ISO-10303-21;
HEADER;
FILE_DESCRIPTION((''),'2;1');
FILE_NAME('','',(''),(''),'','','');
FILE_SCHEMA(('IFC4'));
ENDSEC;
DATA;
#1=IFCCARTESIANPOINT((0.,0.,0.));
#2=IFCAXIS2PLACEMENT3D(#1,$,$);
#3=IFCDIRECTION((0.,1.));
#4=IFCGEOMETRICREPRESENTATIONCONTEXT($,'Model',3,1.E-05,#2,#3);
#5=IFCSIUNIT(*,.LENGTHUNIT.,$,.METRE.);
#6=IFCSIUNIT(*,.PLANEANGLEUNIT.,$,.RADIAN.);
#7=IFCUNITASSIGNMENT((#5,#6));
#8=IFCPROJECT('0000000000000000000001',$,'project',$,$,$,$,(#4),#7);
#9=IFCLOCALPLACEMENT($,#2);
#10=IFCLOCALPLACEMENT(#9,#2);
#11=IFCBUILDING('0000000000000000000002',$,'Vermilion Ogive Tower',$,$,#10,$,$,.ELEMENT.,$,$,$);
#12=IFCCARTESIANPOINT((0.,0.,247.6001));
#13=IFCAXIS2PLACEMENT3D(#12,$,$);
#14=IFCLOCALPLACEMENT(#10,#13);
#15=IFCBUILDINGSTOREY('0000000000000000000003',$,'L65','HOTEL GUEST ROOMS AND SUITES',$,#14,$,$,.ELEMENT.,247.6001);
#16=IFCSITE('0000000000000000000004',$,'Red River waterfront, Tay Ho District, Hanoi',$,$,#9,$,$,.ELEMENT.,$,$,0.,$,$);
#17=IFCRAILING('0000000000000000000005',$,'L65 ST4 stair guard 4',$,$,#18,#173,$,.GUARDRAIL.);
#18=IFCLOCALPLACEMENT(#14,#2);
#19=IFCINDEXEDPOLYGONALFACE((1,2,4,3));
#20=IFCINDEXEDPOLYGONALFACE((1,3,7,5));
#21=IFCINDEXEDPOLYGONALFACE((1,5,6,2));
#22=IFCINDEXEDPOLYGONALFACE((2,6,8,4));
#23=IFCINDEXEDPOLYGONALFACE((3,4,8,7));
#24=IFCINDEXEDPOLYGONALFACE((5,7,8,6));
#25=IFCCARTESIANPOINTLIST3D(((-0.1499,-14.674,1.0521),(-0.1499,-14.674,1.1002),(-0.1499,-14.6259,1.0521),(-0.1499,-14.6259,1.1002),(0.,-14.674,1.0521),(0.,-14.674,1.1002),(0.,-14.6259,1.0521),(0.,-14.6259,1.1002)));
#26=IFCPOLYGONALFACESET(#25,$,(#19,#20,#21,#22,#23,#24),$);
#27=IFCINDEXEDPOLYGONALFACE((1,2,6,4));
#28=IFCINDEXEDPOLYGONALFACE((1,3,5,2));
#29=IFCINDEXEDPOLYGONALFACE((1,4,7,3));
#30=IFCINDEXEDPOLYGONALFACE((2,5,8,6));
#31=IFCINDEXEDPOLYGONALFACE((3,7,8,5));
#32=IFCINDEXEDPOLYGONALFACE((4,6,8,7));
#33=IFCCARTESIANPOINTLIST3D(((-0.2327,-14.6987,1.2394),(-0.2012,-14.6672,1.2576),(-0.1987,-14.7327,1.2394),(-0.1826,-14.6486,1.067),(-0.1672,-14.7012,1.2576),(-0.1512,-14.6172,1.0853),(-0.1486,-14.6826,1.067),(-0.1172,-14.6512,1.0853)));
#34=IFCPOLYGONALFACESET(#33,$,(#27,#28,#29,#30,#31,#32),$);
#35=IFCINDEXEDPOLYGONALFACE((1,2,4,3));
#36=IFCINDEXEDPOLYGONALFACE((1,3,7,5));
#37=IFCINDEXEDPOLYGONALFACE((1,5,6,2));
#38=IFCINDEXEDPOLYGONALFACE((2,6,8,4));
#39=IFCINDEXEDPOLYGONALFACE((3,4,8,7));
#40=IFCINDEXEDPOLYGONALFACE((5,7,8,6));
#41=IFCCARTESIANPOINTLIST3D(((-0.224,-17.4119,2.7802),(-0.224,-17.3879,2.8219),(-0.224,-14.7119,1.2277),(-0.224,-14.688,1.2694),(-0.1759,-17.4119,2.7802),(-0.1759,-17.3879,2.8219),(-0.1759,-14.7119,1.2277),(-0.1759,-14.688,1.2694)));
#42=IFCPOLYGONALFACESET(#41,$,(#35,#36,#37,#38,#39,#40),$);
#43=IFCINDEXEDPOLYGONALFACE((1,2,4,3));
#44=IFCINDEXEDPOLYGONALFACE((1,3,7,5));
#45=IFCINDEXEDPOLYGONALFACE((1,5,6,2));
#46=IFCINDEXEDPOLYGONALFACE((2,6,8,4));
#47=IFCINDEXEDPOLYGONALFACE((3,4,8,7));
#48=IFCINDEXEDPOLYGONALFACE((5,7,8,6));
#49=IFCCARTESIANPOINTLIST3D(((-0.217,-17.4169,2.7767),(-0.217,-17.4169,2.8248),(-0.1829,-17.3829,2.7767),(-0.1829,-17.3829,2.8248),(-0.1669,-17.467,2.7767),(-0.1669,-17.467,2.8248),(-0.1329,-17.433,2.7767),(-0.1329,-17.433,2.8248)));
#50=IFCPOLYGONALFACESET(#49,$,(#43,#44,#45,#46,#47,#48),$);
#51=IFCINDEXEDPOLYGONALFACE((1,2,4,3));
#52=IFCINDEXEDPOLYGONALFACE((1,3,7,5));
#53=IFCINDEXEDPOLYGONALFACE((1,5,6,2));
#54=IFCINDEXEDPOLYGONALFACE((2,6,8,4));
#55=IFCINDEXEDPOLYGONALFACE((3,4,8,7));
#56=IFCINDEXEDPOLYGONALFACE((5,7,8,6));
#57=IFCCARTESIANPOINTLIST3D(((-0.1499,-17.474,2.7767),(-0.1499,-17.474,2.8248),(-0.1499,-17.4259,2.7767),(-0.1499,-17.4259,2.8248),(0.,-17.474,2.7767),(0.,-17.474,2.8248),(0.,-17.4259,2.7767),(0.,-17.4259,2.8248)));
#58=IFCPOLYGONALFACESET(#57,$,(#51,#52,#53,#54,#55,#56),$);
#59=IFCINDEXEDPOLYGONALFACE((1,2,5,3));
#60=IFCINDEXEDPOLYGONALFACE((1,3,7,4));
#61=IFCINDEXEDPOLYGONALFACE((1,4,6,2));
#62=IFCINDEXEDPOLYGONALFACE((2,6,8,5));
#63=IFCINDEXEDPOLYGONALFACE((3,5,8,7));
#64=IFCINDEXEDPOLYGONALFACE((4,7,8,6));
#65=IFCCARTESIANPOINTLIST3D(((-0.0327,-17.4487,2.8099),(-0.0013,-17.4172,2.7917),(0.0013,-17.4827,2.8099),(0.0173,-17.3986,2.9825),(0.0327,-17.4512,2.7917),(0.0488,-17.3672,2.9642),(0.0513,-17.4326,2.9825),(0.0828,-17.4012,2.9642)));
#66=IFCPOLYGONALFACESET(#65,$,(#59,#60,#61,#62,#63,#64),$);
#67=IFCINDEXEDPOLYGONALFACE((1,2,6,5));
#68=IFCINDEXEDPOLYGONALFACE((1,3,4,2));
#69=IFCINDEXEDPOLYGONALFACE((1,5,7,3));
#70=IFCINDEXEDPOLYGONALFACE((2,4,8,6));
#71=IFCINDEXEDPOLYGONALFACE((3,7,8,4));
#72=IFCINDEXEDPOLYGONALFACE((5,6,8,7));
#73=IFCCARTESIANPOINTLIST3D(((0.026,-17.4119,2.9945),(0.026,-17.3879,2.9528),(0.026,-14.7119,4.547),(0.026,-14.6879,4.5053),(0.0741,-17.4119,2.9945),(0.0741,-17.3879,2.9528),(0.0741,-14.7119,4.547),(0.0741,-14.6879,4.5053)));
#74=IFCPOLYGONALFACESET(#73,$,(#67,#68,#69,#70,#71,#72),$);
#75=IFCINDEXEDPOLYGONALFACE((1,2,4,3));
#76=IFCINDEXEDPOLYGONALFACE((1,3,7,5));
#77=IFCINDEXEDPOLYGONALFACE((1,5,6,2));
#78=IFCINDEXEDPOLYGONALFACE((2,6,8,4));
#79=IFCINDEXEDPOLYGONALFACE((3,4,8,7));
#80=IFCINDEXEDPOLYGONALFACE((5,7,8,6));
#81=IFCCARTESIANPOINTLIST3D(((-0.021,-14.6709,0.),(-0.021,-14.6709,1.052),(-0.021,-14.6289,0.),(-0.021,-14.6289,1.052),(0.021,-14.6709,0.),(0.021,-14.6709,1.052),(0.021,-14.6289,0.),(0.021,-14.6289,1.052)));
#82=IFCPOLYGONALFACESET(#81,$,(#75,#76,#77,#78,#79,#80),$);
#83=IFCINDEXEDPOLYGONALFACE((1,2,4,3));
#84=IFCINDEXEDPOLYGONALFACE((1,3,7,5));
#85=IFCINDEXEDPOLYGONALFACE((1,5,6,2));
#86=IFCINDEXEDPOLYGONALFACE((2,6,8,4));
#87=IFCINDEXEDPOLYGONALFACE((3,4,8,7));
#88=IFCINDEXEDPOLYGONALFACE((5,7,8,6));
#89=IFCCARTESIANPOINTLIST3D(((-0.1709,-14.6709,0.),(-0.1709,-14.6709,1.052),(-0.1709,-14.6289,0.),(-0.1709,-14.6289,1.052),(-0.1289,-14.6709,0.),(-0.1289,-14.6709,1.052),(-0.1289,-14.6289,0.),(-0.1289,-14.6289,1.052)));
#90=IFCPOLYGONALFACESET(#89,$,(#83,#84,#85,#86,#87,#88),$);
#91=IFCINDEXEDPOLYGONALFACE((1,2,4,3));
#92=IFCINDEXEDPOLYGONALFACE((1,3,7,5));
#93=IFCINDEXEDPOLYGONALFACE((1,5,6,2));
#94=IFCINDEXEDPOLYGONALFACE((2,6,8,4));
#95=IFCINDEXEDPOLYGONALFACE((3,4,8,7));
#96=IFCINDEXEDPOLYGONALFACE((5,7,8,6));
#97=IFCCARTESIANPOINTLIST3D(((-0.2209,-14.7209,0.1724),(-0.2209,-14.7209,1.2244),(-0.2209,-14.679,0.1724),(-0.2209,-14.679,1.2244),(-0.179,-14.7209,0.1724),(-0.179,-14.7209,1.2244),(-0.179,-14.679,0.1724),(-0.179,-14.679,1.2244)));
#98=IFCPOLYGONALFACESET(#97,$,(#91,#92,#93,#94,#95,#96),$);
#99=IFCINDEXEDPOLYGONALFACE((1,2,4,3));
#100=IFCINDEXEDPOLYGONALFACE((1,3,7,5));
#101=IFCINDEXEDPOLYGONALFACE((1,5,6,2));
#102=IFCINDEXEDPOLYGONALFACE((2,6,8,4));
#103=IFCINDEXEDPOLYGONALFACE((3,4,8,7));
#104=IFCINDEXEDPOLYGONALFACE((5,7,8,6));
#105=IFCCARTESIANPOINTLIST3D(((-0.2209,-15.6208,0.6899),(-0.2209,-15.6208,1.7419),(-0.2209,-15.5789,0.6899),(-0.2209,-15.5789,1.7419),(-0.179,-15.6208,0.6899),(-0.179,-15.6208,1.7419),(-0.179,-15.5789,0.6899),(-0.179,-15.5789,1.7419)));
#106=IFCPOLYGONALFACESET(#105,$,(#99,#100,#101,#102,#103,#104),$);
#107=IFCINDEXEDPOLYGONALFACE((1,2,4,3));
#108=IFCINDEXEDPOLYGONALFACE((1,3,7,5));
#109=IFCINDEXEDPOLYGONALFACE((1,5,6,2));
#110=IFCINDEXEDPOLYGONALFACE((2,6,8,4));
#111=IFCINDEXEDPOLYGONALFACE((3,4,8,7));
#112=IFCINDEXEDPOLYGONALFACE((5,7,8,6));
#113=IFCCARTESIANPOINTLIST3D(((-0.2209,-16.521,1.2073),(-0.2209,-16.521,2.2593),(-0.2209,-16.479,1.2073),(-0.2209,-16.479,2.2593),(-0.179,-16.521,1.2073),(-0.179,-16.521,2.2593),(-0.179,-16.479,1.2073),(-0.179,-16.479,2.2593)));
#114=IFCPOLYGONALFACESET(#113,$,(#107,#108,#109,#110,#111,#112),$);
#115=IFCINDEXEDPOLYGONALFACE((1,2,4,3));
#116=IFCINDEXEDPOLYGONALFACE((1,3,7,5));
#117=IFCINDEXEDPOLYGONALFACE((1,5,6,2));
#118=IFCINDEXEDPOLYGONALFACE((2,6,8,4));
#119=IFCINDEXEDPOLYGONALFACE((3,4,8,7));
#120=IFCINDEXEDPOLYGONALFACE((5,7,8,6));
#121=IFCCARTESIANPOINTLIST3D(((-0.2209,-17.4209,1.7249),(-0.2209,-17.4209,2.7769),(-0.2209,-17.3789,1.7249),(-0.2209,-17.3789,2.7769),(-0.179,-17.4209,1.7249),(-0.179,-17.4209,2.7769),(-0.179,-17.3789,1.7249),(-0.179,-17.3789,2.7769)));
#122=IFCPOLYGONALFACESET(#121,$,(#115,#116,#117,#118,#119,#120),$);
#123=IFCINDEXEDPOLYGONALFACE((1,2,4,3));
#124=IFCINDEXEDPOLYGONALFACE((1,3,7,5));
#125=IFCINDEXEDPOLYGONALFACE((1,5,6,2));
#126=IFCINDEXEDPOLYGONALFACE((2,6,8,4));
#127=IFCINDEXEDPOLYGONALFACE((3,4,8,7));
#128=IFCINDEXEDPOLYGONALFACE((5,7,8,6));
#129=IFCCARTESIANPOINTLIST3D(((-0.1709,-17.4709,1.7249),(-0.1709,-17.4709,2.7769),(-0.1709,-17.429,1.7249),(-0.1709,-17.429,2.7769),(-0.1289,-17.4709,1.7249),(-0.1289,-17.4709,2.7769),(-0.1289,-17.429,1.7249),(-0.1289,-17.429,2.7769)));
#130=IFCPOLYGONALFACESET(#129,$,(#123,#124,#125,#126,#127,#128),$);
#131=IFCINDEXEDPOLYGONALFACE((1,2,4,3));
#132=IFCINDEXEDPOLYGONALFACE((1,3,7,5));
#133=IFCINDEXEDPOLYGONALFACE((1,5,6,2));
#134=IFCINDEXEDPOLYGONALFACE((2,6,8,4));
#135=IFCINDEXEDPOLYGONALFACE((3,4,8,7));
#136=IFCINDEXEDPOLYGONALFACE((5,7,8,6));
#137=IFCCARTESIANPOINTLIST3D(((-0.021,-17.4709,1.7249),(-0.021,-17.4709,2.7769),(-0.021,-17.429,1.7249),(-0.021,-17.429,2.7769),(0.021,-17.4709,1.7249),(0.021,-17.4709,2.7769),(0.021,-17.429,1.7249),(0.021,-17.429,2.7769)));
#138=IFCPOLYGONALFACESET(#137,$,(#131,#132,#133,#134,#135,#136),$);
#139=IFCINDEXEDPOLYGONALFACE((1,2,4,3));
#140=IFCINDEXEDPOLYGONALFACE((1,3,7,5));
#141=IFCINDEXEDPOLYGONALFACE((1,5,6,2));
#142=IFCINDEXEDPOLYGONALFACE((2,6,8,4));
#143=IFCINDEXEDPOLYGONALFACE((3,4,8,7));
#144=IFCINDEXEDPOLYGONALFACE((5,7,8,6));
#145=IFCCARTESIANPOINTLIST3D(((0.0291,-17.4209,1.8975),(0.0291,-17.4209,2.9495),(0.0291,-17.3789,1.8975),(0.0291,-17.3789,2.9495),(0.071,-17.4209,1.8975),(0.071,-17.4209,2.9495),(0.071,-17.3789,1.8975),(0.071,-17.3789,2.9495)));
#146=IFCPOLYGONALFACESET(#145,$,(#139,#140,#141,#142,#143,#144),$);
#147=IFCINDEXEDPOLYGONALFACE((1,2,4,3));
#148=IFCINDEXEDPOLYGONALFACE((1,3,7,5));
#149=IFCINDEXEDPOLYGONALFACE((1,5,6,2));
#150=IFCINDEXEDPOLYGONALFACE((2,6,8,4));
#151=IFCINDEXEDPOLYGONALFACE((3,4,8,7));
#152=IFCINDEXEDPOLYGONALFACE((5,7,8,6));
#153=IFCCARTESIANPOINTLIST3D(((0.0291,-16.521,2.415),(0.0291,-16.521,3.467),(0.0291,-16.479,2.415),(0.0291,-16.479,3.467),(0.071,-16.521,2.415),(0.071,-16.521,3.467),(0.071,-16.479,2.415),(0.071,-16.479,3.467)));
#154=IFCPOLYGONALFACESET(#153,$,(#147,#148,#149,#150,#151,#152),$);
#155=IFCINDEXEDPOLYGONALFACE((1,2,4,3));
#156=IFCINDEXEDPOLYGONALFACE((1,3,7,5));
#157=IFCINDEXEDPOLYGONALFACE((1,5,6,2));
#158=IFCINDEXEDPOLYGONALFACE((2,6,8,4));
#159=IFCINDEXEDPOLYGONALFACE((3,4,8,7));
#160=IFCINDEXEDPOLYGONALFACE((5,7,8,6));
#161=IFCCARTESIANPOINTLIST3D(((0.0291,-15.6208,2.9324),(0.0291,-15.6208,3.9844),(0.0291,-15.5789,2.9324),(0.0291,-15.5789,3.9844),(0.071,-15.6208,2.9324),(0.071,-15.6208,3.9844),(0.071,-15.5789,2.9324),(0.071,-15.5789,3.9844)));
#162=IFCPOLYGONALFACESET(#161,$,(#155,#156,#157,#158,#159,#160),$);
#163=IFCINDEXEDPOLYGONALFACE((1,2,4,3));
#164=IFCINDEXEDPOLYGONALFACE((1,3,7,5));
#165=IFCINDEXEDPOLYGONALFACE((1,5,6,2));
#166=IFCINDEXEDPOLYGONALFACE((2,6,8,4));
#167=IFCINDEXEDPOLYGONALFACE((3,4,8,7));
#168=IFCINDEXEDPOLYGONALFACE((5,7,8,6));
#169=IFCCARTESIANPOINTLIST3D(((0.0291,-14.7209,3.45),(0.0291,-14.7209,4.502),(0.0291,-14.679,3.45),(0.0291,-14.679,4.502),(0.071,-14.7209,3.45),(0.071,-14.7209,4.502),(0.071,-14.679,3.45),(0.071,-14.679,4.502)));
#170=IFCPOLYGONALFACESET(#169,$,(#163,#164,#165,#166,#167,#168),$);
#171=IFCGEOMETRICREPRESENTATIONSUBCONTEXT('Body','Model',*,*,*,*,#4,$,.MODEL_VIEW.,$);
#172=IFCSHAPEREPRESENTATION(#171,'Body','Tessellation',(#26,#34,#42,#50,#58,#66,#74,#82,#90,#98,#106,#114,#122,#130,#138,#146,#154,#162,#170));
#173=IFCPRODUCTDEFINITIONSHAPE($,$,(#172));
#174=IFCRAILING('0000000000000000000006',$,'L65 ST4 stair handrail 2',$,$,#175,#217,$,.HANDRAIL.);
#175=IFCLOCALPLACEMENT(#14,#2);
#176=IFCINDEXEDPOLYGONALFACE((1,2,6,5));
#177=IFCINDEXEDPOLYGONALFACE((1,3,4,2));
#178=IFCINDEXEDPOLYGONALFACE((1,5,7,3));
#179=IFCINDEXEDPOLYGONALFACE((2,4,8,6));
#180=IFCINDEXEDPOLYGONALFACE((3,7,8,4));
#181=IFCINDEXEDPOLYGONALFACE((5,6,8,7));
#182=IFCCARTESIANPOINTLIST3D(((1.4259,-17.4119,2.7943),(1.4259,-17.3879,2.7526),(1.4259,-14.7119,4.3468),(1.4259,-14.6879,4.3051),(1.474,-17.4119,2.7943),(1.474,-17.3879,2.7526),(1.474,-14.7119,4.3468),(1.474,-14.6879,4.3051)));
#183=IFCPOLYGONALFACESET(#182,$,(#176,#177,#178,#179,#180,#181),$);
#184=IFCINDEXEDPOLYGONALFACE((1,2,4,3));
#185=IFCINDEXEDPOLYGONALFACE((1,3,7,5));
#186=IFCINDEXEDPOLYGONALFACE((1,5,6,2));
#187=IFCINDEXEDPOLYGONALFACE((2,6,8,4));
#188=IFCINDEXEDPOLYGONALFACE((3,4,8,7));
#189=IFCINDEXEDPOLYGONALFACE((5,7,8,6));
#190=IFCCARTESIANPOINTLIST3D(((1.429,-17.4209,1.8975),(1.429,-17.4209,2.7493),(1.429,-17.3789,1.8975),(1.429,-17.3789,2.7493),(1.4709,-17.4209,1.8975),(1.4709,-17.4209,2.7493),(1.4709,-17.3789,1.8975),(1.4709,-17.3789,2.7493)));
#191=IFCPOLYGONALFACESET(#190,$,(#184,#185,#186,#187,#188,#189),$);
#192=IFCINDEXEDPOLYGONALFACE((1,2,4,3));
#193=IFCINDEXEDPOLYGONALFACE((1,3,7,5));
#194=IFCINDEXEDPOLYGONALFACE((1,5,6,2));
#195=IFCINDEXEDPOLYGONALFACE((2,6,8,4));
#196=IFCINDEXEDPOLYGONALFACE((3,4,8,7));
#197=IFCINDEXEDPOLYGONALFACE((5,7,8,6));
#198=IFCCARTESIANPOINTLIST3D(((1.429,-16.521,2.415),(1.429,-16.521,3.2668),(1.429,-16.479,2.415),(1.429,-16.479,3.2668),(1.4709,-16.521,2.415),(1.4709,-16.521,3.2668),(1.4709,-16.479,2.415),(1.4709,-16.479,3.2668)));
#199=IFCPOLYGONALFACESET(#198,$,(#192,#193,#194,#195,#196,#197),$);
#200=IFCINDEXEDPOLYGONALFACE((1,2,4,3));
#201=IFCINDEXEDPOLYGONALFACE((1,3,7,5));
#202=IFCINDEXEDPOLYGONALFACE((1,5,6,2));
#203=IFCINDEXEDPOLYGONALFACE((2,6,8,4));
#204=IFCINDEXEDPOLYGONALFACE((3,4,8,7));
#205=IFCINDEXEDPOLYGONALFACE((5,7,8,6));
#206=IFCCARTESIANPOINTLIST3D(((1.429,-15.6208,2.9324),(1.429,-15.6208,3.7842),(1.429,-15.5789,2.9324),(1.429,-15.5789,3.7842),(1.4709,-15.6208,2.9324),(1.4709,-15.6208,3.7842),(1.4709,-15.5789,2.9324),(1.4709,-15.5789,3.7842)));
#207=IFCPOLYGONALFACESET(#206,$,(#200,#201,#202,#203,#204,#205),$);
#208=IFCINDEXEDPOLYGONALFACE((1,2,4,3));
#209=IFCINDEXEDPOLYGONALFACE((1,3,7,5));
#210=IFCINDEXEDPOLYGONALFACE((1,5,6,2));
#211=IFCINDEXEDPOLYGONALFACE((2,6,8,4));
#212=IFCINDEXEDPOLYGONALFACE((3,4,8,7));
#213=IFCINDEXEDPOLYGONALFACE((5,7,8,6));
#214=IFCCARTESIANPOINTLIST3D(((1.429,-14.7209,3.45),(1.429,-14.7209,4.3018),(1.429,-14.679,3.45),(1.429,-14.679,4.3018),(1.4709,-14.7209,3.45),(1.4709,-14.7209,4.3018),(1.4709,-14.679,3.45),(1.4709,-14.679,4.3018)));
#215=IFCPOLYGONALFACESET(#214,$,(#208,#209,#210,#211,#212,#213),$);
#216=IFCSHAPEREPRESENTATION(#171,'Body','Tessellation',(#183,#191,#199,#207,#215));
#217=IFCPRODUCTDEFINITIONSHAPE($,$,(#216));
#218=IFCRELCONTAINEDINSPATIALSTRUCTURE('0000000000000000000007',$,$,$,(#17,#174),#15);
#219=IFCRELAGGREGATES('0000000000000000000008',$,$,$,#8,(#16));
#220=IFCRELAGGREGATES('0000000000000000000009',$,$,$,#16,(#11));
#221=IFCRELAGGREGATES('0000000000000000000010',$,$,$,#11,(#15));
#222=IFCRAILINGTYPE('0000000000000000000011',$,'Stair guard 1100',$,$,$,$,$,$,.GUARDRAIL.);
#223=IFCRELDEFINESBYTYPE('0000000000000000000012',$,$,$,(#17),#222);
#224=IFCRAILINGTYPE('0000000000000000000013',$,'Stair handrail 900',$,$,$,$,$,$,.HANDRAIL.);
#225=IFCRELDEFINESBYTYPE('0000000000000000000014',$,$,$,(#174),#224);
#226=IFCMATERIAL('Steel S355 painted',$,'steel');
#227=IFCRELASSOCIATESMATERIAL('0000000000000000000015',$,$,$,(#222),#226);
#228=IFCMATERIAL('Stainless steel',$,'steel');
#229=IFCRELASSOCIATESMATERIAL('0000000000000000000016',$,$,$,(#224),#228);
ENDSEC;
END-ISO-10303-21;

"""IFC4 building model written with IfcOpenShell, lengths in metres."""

from ifc_helpers import new_model, si_unit, direction, frame, origin, origin_2d, place, context, subcontext, project, spatial, rectangle, extrude, material, type_object, element, save


model = new_model("IFC4")

# Units and contexts
model_context = context("Model", 3, precision=1e-05, world=origin(), true_north=direction((0.0, 1.0)))
body_context = subcontext(model_context, "Body", "Model", "MODEL_VIEW")
ifc_project = project(units=[si_unit("LENGTHUNIT", "METRE"), si_unit("PLANEANGLEUNIT", "RADIAN")], contexts=[model_context])

# Site, building, storey
site_placement = place(None, origin())
site = spatial("IfcSite", under=ifc_project, at=site_placement, Name="Red River waterfront, Tay Ho District, Hanoi", CompositionType="ELEMENT", RefElevation=0.0)
building_placement = place(site_placement, origin())
building = spatial("IfcBuilding", under=site, at=building_placement, Name="Vermilion Ogive Tower", CompositionType="ELEMENT")
storey_placement = place(building_placement, frame((0.0, 0.0, 247.6001)))
storey = spatial("IfcBuildingStorey", under=building, at=storey_placement, Name="L65", Description="HOTEL GUEST ROOMS AND SUITES", CompositionType="ELEMENT", Elevation=247.6001)

# Railings
ifc_material_1 = material(Name="Steel S355 painted", Category="steel")
railing_type_1 = type_object("IfcRailingType", Name="Stair guard 1100", PredefinedType="GUARDRAIL", material=ifc_material_1)
railing_1_placement = place(storey_placement, frame((0.0, -14.6499, 0.0)))
element("IfcRailing", 1, at=railing_1_placement, inside=storey, type_object=railing_type_1, Name="L65 ST4 stair guard 4", PredefinedType="GUARDRAIL", context=body_context, shape_type="SweptSolid", body=[
    extrude(rectangle(XDim=0.0481, YDim=0.0481, at=origin_2d()), frame((0.0, 0.0, 1.0762), z_axis=(-1.0, 0.0, 0.0), x_axis=(0.0, -1.0, 0.0)), (0.0, 0.0, 1.0), 0.1499),
    extrude(rectangle(XDim=0.0481, YDim=0.0481, at=origin_2d()), frame((-0.1499, 0.0, 1.0762), z_axis=(-0.268603, -0.268603, 0.925043), x_axis=(0.707107, -0.707107, 0.0)), (0.0, 0.0, 1.0), 0.1863),
    extrude(rectangle(XDim=0.0481, YDim=0.0481, at=origin_2d()), frame((-0.2, -0.05, 1.2485), z_axis=(0.0, -0.866904, 0.498476), x_axis=(1.0, 0.0, 0.0)), (0.0, 0.0, 1.0), 3.1145),
    extrude(rectangle(XDim=0.0481, YDim=0.0481, at=origin_2d()), frame((-0.2, -2.75, 2.8008), z_axis=(0.707107, -0.707107, 0.0), x_axis=(0.707107, 0.707107, 0.0)), (0.0, 0.0, 1.0), 0.0708),
    extrude(rectangle(XDim=0.0481, YDim=0.0481, at=origin_2d()), frame((-0.1499, -2.8, 2.8008), z_axis=(1.0, 0.0, 0.0), x_axis=(0.0, 1.0, 0.0)), (0.0, 0.0, 1.0), 0.1499),
    extrude(rectangle(XDim=0.0481, YDim=0.0481, at=origin_2d()), frame((0.0, -2.8, 2.8008), z_axis=(0.268278, 0.268278, 0.925232), x_axis=(-0.707107, 0.707107, 0.0)), (0.0, 0.0, 1.0), 0.1865),
    extrude(rectangle(XDim=0.0481, YDim=0.0481, at=origin_2d()), frame((0.05, -2.75, 2.9736), z_axis=(0.0, 0.866904, 0.498476), x_axis=(-1.0, 0.0, 0.0)), (0.0, 0.0, 1.0), 3.1145),
    extrude(rectangle(XDim=0.042, YDim=0.042, at=origin_2d()), origin(), (0.0, 0.0, 1.0), 1.052),
    extrude(rectangle(XDim=0.042, YDim=0.042, at=origin_2d()), frame((-0.1499, 0.0, 0.0)), (0.0, 0.0, 1.0), 1.052),
    extrude(rectangle(XDim=0.042, YDim=0.042, at=origin_2d()), frame((-0.2, -0.05, 0.1724)), (0.0, 0.0, 1.0), 1.052),
    extrude(rectangle(XDim=0.042, YDim=0.042, at=origin_2d()), frame((-0.2, -0.95, 0.6899)), (0.0, 0.0, 1.0), 1.052),
    extrude(rectangle(XDim=0.042, YDim=0.042, at=origin_2d()), frame((-0.2, -1.8501, 1.2073)), (0.0, 0.0, 1.0), 1.052),
    extrude(rectangle(XDim=0.042, YDim=0.042, at=origin_2d()), frame((-0.2, -2.75, 1.7249)), (0.0, 0.0, 1.0), 1.052),
    extrude(rectangle(XDim=0.042, YDim=0.042, at=origin_2d()), frame((-0.1499, -2.8, 1.7249)), (0.0, 0.0, 1.0), 1.052),
    extrude(rectangle(XDim=0.042, YDim=0.042, at=origin_2d()), frame((0.0, -2.8, 1.7249)), (0.0, 0.0, 1.0), 1.052),
    extrude(rectangle(XDim=0.042, YDim=0.042, at=origin_2d()), frame((0.05, -2.75, 1.8975)), (0.0, 0.0, 1.0), 1.052),
    extrude(rectangle(XDim=0.042, YDim=0.042, at=origin_2d()), frame((0.05, -1.8501, 2.415)), (0.0, 0.0, 1.0), 1.052),
    extrude(rectangle(XDim=0.042, YDim=0.042, at=origin_2d()), frame((0.05, -0.95, 2.9324)), (0.0, 0.0, 1.0), 1.052),
    extrude(rectangle(XDim=0.042, YDim=0.042, at=origin_2d()), frame((0.05, -0.05, 3.45)), (0.0, 0.0, 1.0), 1.052),
])
ifc_material_2 = material(Name="Stainless steel", Category="steel")
railing_type_2 = type_object("IfcRailingType", Name="Stair handrail 900", PredefinedType="HANDRAIL", material=ifc_material_2)
railing_2_placement = place(storey_placement, frame((1.45, -17.3999, 1.8975)))
element("IfcRailing", 2, at=railing_2_placement, inside=storey, type_object=railing_type_2, Name="L65 ST4 stair handrail 2", PredefinedType="HANDRAIL", context=body_context, shape_type="SweptSolid", body=[
    extrude(rectangle(XDim=0.0481, YDim=0.0481, at=origin_2d()), frame((0.0, 0.0, 0.876), z_axis=(0.0, 0.866904, 0.498476), x_axis=(-1.0, 0.0, 0.0)), (0.0, 0.0, 1.0), 3.1145),
    extrude(rectangle(XDim=0.042, YDim=0.042, at=origin_2d()), origin(), (0.0, 0.0, 1.0), 0.8518),
    extrude(rectangle(XDim=0.042, YDim=0.042, at=origin_2d()), frame((0.0, 0.8999, 0.5176)), (0.0, 0.0, 1.0), 0.8518),
    extrude(rectangle(XDim=0.042, YDim=0.042, at=origin_2d()), frame((0.0, 1.8, 1.0349)), (0.0, 0.0, 1.0), 0.8518),
    extrude(rectangle(XDim=0.042, YDim=0.042, at=origin_2d()), frame((0.0, 2.7, 1.5525)), (0.0, 0.0, 1.0), 0.8518),
])

save(model, "model.ifc")
